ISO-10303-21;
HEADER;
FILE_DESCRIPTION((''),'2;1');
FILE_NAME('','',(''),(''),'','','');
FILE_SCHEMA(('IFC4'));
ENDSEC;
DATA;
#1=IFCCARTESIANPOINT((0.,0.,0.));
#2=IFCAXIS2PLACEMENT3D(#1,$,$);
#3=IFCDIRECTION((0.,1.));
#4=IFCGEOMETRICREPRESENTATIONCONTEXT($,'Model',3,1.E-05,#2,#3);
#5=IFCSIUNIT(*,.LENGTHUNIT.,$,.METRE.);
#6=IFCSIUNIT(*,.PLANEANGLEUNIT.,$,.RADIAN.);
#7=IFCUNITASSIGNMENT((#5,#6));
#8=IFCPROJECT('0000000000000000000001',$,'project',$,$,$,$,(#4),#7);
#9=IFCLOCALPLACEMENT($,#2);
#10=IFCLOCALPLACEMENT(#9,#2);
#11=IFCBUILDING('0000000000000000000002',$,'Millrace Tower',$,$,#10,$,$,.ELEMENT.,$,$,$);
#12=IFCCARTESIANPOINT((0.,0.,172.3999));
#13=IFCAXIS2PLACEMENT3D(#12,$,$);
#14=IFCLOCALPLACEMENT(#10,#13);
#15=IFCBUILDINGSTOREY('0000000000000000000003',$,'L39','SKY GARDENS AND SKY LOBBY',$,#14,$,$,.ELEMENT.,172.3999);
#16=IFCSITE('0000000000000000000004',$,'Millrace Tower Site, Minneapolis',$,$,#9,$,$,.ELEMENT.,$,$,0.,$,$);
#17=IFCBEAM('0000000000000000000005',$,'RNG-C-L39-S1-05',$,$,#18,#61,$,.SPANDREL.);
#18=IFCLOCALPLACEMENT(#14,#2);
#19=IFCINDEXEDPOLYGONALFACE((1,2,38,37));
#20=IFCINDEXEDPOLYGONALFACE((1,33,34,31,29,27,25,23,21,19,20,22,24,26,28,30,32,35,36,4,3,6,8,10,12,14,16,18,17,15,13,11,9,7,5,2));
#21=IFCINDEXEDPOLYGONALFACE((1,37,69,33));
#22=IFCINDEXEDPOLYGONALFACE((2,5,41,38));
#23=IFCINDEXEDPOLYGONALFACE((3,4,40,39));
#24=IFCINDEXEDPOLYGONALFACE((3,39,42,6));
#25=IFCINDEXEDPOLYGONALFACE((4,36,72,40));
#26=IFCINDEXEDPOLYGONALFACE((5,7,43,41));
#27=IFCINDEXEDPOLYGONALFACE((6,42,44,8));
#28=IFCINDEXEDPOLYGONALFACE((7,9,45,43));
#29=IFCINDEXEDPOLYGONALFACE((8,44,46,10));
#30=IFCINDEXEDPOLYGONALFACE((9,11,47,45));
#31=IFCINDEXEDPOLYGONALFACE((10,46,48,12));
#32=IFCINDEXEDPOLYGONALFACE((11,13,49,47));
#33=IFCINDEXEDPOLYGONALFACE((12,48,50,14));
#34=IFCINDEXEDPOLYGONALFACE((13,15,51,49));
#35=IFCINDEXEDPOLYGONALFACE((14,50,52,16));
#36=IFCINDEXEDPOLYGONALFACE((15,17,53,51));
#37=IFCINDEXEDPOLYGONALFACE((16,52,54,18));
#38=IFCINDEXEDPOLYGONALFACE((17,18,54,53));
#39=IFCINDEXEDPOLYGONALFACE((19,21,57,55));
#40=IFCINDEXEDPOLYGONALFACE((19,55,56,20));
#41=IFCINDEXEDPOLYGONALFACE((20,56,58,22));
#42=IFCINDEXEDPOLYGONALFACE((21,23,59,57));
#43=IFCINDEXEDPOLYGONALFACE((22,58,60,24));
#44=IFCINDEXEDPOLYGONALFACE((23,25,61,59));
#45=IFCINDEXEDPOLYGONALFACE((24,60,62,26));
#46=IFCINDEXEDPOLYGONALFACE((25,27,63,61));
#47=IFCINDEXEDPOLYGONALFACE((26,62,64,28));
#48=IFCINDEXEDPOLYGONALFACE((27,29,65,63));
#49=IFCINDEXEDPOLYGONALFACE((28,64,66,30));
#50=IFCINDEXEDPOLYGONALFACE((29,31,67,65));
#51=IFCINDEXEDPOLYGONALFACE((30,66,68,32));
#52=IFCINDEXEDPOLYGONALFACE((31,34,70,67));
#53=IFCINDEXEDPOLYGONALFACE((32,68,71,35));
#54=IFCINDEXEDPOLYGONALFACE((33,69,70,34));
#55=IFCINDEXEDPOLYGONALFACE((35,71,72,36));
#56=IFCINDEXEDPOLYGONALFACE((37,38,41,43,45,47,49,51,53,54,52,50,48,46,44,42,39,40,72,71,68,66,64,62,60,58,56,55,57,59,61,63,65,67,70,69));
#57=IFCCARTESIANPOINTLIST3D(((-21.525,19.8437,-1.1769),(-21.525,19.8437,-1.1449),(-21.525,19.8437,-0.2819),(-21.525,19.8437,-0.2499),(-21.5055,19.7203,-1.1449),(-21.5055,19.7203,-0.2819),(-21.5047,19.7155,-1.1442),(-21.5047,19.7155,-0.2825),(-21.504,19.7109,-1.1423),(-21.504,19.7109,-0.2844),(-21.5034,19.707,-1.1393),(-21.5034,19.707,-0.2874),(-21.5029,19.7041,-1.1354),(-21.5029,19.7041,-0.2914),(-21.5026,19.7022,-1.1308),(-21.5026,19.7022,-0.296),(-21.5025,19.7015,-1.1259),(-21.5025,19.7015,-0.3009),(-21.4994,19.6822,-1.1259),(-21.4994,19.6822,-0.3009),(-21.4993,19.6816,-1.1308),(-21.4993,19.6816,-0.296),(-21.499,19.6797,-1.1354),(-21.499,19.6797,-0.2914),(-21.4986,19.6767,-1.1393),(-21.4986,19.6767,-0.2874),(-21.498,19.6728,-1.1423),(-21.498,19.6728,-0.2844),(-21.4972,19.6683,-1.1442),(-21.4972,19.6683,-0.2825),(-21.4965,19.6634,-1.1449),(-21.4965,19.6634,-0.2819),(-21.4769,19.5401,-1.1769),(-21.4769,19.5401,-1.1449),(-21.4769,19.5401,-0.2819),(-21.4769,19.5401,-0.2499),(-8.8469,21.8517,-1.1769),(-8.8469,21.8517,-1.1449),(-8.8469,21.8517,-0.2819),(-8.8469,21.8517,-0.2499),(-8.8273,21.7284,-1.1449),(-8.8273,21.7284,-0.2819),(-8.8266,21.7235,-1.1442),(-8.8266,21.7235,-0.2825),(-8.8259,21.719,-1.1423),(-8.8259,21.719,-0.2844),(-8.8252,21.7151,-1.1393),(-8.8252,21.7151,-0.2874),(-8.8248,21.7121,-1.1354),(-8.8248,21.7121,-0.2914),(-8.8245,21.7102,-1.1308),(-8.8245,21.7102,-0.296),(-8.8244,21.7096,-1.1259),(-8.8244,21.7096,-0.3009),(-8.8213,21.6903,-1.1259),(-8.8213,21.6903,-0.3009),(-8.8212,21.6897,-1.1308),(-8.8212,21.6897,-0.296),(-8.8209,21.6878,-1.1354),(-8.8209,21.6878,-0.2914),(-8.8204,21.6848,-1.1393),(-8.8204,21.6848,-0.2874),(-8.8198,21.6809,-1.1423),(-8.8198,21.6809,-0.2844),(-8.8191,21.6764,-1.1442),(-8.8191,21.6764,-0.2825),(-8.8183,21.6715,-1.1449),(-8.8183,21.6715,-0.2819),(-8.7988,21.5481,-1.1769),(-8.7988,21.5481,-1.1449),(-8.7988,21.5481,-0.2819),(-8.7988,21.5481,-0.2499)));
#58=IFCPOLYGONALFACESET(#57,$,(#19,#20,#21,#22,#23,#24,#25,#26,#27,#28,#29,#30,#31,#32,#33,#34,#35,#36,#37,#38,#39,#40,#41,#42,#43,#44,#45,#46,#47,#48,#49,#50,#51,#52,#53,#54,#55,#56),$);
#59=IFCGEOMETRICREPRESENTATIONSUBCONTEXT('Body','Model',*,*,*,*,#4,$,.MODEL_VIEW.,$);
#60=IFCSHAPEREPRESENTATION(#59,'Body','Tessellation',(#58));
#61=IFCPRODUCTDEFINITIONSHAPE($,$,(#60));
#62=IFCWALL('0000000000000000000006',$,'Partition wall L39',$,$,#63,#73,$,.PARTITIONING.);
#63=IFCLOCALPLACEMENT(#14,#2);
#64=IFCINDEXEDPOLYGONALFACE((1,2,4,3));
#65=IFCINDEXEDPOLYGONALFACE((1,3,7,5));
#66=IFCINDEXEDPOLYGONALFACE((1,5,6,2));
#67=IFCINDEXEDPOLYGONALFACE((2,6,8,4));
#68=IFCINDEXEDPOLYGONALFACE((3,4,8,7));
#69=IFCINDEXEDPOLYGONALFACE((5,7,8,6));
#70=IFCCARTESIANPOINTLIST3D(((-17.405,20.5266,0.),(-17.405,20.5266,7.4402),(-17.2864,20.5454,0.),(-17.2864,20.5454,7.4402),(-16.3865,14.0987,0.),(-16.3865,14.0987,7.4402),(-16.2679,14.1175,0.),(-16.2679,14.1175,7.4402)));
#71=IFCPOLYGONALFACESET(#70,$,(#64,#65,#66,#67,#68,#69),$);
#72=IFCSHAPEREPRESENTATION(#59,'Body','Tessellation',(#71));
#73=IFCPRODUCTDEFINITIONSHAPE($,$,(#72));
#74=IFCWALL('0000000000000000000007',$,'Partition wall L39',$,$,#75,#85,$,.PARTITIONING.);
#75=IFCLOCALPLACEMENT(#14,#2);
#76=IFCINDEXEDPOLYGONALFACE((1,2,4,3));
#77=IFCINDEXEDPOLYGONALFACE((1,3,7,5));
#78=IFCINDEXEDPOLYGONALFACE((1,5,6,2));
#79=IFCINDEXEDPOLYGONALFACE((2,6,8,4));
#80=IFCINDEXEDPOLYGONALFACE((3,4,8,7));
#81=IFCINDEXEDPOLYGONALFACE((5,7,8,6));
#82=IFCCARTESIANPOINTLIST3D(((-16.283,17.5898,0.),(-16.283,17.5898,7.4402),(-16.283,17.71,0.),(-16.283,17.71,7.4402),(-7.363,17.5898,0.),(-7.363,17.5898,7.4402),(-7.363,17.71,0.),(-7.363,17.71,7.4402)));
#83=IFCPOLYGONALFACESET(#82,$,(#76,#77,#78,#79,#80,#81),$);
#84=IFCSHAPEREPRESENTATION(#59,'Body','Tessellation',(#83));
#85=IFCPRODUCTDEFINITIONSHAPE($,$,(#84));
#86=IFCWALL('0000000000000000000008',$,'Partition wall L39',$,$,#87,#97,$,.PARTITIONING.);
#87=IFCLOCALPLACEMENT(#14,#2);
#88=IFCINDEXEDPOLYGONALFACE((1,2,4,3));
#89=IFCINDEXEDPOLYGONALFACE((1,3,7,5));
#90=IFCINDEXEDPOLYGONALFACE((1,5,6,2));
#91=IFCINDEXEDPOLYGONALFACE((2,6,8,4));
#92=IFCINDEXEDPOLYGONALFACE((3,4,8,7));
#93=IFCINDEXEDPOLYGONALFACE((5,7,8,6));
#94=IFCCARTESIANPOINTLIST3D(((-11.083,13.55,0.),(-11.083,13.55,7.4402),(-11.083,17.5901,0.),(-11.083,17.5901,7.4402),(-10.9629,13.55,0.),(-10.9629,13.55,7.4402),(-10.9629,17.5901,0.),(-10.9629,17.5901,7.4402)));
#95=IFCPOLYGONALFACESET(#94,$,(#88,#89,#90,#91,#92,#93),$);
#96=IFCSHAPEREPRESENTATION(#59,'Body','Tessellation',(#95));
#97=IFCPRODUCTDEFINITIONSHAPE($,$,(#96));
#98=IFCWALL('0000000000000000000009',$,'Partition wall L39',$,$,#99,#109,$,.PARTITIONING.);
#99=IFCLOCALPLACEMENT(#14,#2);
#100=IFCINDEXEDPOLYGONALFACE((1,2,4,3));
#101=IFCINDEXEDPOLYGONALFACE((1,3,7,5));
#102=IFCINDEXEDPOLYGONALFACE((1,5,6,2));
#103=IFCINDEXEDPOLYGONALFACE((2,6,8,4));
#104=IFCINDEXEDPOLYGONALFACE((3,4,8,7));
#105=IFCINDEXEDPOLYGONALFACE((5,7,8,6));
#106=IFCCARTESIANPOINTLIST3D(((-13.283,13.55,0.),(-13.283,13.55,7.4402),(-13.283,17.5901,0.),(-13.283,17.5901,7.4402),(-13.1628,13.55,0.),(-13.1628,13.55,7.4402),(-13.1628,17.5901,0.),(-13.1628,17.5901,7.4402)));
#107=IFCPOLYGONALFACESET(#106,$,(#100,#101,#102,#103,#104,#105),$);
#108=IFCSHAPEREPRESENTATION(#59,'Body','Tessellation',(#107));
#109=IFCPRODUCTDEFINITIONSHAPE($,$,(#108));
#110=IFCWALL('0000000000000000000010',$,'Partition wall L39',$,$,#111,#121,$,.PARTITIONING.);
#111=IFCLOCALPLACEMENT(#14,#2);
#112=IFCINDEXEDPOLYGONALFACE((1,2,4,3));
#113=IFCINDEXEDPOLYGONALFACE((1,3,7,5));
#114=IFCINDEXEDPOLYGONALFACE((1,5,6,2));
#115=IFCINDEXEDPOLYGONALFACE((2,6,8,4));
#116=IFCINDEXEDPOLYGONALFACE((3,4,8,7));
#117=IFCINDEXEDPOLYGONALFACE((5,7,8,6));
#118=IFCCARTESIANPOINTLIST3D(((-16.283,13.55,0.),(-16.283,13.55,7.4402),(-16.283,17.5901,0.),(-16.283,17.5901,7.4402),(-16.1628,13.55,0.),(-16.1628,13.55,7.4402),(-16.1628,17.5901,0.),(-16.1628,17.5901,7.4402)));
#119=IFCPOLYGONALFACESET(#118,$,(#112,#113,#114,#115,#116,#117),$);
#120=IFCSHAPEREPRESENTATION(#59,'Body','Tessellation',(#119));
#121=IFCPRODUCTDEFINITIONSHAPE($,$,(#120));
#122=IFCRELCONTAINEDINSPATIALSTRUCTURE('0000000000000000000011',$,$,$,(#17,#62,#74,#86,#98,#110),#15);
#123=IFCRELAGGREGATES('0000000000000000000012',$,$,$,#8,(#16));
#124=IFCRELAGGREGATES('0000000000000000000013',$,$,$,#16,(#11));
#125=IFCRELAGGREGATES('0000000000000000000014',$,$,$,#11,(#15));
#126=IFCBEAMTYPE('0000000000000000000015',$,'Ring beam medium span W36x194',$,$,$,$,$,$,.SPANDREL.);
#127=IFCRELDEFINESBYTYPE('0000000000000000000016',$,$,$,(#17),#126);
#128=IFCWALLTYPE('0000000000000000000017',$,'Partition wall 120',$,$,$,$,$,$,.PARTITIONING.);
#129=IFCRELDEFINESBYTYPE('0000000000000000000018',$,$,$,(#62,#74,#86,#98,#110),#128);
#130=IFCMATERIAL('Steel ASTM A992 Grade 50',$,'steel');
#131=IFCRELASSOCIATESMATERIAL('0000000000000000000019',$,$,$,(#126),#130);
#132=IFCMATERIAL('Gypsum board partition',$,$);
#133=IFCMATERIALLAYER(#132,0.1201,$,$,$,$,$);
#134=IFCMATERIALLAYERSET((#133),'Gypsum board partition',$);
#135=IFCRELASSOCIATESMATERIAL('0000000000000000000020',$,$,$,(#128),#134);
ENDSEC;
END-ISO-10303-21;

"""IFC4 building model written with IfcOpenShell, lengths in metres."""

from ifc_helpers import new_model, si_unit, direction, frame, frame_2d, origin, origin_2d, place, context, subcontext, project, spatial, rectangle, i_section, extrude, material, layer, layer_set, material_profile, profile_set, type_object, element, save


model = new_model("IFC4")

# Units and contexts
model_context = context("Model", 3, precision=1e-05, world=origin(), true_north=direction((0.0, 1.0)))
body_context = subcontext(model_context, "Body", "Model", "MODEL_VIEW")
ifc_project = project(units=[si_unit("LENGTHUNIT", "METRE"), si_unit("PLANEANGLEUNIT", "RADIAN")], contexts=[model_context])

# Site, building, storey
site_placement = place(None, origin())
site = spatial("IfcSite", under=ifc_project, at=site_placement, Name="Millrace Tower Site, Minneapolis", CompositionType="ELEMENT", RefElevation=0.0)
building_placement = place(site_placement, origin())
building = spatial("IfcBuilding", under=site, at=building_placement, Name="Millrace Tower", CompositionType="ELEMENT")
storey_placement = place(building_placement, frame((0.0, 0.0, 172.3999)))
storey = spatial("IfcBuildingStorey", under=building, at=storey_placement, Name="L39", Description="SKY GARDENS AND SKY LOBBY", CompositionType="ELEMENT", Elevation=172.3999)

# Beam
ifc_material_1 = material(Name="Steel ASTM A992 Grade 50", Category="steel")
ifc_material_profile_1 = material_profile(ifc_material_1, i_section(OverallWidth=0.3074, OverallDepth=0.927, WebThickness=0.0195, FlangeThickness=0.032, FilletRadius=0.019, at=origin_2d()))
ifc_profile_set_1 = profile_set([ifc_material_profile_1], Name="Steel ASTM A992 Grade 50")
beam_type_1 = type_object("IfcBeamType", Name="Ring beam medium span W36x194", PredefinedType="SPANDREL", material=ifc_profile_set_1)
beam_1_placement = place(storey_placement, frame((-21.501, 19.6919, -0.7134), z_axis=(0.987688, 0.156436, 0.0), x_axis=(-0.156436, 0.987688, 0.0)))
element("IfcBeam", 1, at=beam_1_placement, inside=storey, type_object=beam_type_1, Name="RNG-C-L39-S1-05", PredefinedType="SPANDREL", context=body_context, shape_type="SweptSolid", body=[
    extrude(i_section(OverallWidth=0.3074, OverallDepth=0.927, WebThickness=0.0195, FlangeThickness=0.032, FilletRadius=0.019, at=origin_2d()), origin(), (0.0, 0.0, 1.0), 12.8362),
])

# Walls
ifc_material_2 = material(Name="Gypsum board partition")
ifc_layer_1 = layer(ifc_material_2, 0.1201)
ifc_layer_set_1 = layer_set([ifc_layer_1], Name="Gypsum board partition")
wall_type = type_object("IfcWallType", Name="Partition wall 120", PredefinedType="PARTITIONING", material=ifc_layer_set_1)
wall_1_placement = place(storey_placement, frame((-17.3457, 20.5359, 0.0), z_axis=(0.0, 0.0, 1.0), x_axis=(0.156504, -0.987677, 0.0)))
element("IfcWall", 2, at=wall_1_placement, inside=storey, type_object=wall_type, Name="Partition wall L39", PredefinedType="PARTITIONING", context=body_context, shape_type="SweptSolid", body=[
    extrude(rectangle(XDim=6.5081, YDim=0.1201, at=frame_2d((3.2539, 0.0))), origin(), (0.0, 0.0, 1.0), 7.4402),
])
wall_2_placement = place(storey_placement, frame((-16.283, 17.6499, 0.0), z_axis=(0.0, 0.0, 1.0), x_axis=(1.0, 0.0, 0.0)))
element("IfcWall", 3, at=wall_2_placement, inside=storey, type_object=wall_type, Name="Partition wall L39", PredefinedType="PARTITIONING", context=body_context, shape_type="SweptSolid", body=[
    extrude(rectangle(XDim=8.9199, YDim=0.1201, at=frame_2d((4.46, 0.0))), origin(), (0.0, 0.0, 1.0), 7.4402),
])
for number, where, z_axis, x_axis, name in (
    (4, (-11.0229, 13.55, 0.0), (0.0, 0.0, 1.0), (0.0, 1.0, 0.0), "Partition wall L39"),
    (5, (-13.2229, 13.55, 0.0), (0.0, 0.0, 1.0), (0.0, 1.0, 0.0), "Partition wall L39"),
    (6, (-16.2229, 13.55, 0.0), (0.0, 0.0, 1.0), (0.0, 1.0, 0.0), "Partition wall L39"),
):
    element("IfcWall", number, at=place(storey_placement, frame(where, z_axis=z_axis, x_axis=x_axis)), inside=storey, type_object=wall_type, Name=name, PredefinedType="PARTITIONING", context=body_context, shape_type="SweptSolid", body=[
        extrude(rectangle(XDim=4.04, YDim=0.1201, at=frame_2d((2.02, 0.0))), origin(), (0.0, 0.0, 1.0), 7.4402),
    ])

save(model, "model.ifc")
